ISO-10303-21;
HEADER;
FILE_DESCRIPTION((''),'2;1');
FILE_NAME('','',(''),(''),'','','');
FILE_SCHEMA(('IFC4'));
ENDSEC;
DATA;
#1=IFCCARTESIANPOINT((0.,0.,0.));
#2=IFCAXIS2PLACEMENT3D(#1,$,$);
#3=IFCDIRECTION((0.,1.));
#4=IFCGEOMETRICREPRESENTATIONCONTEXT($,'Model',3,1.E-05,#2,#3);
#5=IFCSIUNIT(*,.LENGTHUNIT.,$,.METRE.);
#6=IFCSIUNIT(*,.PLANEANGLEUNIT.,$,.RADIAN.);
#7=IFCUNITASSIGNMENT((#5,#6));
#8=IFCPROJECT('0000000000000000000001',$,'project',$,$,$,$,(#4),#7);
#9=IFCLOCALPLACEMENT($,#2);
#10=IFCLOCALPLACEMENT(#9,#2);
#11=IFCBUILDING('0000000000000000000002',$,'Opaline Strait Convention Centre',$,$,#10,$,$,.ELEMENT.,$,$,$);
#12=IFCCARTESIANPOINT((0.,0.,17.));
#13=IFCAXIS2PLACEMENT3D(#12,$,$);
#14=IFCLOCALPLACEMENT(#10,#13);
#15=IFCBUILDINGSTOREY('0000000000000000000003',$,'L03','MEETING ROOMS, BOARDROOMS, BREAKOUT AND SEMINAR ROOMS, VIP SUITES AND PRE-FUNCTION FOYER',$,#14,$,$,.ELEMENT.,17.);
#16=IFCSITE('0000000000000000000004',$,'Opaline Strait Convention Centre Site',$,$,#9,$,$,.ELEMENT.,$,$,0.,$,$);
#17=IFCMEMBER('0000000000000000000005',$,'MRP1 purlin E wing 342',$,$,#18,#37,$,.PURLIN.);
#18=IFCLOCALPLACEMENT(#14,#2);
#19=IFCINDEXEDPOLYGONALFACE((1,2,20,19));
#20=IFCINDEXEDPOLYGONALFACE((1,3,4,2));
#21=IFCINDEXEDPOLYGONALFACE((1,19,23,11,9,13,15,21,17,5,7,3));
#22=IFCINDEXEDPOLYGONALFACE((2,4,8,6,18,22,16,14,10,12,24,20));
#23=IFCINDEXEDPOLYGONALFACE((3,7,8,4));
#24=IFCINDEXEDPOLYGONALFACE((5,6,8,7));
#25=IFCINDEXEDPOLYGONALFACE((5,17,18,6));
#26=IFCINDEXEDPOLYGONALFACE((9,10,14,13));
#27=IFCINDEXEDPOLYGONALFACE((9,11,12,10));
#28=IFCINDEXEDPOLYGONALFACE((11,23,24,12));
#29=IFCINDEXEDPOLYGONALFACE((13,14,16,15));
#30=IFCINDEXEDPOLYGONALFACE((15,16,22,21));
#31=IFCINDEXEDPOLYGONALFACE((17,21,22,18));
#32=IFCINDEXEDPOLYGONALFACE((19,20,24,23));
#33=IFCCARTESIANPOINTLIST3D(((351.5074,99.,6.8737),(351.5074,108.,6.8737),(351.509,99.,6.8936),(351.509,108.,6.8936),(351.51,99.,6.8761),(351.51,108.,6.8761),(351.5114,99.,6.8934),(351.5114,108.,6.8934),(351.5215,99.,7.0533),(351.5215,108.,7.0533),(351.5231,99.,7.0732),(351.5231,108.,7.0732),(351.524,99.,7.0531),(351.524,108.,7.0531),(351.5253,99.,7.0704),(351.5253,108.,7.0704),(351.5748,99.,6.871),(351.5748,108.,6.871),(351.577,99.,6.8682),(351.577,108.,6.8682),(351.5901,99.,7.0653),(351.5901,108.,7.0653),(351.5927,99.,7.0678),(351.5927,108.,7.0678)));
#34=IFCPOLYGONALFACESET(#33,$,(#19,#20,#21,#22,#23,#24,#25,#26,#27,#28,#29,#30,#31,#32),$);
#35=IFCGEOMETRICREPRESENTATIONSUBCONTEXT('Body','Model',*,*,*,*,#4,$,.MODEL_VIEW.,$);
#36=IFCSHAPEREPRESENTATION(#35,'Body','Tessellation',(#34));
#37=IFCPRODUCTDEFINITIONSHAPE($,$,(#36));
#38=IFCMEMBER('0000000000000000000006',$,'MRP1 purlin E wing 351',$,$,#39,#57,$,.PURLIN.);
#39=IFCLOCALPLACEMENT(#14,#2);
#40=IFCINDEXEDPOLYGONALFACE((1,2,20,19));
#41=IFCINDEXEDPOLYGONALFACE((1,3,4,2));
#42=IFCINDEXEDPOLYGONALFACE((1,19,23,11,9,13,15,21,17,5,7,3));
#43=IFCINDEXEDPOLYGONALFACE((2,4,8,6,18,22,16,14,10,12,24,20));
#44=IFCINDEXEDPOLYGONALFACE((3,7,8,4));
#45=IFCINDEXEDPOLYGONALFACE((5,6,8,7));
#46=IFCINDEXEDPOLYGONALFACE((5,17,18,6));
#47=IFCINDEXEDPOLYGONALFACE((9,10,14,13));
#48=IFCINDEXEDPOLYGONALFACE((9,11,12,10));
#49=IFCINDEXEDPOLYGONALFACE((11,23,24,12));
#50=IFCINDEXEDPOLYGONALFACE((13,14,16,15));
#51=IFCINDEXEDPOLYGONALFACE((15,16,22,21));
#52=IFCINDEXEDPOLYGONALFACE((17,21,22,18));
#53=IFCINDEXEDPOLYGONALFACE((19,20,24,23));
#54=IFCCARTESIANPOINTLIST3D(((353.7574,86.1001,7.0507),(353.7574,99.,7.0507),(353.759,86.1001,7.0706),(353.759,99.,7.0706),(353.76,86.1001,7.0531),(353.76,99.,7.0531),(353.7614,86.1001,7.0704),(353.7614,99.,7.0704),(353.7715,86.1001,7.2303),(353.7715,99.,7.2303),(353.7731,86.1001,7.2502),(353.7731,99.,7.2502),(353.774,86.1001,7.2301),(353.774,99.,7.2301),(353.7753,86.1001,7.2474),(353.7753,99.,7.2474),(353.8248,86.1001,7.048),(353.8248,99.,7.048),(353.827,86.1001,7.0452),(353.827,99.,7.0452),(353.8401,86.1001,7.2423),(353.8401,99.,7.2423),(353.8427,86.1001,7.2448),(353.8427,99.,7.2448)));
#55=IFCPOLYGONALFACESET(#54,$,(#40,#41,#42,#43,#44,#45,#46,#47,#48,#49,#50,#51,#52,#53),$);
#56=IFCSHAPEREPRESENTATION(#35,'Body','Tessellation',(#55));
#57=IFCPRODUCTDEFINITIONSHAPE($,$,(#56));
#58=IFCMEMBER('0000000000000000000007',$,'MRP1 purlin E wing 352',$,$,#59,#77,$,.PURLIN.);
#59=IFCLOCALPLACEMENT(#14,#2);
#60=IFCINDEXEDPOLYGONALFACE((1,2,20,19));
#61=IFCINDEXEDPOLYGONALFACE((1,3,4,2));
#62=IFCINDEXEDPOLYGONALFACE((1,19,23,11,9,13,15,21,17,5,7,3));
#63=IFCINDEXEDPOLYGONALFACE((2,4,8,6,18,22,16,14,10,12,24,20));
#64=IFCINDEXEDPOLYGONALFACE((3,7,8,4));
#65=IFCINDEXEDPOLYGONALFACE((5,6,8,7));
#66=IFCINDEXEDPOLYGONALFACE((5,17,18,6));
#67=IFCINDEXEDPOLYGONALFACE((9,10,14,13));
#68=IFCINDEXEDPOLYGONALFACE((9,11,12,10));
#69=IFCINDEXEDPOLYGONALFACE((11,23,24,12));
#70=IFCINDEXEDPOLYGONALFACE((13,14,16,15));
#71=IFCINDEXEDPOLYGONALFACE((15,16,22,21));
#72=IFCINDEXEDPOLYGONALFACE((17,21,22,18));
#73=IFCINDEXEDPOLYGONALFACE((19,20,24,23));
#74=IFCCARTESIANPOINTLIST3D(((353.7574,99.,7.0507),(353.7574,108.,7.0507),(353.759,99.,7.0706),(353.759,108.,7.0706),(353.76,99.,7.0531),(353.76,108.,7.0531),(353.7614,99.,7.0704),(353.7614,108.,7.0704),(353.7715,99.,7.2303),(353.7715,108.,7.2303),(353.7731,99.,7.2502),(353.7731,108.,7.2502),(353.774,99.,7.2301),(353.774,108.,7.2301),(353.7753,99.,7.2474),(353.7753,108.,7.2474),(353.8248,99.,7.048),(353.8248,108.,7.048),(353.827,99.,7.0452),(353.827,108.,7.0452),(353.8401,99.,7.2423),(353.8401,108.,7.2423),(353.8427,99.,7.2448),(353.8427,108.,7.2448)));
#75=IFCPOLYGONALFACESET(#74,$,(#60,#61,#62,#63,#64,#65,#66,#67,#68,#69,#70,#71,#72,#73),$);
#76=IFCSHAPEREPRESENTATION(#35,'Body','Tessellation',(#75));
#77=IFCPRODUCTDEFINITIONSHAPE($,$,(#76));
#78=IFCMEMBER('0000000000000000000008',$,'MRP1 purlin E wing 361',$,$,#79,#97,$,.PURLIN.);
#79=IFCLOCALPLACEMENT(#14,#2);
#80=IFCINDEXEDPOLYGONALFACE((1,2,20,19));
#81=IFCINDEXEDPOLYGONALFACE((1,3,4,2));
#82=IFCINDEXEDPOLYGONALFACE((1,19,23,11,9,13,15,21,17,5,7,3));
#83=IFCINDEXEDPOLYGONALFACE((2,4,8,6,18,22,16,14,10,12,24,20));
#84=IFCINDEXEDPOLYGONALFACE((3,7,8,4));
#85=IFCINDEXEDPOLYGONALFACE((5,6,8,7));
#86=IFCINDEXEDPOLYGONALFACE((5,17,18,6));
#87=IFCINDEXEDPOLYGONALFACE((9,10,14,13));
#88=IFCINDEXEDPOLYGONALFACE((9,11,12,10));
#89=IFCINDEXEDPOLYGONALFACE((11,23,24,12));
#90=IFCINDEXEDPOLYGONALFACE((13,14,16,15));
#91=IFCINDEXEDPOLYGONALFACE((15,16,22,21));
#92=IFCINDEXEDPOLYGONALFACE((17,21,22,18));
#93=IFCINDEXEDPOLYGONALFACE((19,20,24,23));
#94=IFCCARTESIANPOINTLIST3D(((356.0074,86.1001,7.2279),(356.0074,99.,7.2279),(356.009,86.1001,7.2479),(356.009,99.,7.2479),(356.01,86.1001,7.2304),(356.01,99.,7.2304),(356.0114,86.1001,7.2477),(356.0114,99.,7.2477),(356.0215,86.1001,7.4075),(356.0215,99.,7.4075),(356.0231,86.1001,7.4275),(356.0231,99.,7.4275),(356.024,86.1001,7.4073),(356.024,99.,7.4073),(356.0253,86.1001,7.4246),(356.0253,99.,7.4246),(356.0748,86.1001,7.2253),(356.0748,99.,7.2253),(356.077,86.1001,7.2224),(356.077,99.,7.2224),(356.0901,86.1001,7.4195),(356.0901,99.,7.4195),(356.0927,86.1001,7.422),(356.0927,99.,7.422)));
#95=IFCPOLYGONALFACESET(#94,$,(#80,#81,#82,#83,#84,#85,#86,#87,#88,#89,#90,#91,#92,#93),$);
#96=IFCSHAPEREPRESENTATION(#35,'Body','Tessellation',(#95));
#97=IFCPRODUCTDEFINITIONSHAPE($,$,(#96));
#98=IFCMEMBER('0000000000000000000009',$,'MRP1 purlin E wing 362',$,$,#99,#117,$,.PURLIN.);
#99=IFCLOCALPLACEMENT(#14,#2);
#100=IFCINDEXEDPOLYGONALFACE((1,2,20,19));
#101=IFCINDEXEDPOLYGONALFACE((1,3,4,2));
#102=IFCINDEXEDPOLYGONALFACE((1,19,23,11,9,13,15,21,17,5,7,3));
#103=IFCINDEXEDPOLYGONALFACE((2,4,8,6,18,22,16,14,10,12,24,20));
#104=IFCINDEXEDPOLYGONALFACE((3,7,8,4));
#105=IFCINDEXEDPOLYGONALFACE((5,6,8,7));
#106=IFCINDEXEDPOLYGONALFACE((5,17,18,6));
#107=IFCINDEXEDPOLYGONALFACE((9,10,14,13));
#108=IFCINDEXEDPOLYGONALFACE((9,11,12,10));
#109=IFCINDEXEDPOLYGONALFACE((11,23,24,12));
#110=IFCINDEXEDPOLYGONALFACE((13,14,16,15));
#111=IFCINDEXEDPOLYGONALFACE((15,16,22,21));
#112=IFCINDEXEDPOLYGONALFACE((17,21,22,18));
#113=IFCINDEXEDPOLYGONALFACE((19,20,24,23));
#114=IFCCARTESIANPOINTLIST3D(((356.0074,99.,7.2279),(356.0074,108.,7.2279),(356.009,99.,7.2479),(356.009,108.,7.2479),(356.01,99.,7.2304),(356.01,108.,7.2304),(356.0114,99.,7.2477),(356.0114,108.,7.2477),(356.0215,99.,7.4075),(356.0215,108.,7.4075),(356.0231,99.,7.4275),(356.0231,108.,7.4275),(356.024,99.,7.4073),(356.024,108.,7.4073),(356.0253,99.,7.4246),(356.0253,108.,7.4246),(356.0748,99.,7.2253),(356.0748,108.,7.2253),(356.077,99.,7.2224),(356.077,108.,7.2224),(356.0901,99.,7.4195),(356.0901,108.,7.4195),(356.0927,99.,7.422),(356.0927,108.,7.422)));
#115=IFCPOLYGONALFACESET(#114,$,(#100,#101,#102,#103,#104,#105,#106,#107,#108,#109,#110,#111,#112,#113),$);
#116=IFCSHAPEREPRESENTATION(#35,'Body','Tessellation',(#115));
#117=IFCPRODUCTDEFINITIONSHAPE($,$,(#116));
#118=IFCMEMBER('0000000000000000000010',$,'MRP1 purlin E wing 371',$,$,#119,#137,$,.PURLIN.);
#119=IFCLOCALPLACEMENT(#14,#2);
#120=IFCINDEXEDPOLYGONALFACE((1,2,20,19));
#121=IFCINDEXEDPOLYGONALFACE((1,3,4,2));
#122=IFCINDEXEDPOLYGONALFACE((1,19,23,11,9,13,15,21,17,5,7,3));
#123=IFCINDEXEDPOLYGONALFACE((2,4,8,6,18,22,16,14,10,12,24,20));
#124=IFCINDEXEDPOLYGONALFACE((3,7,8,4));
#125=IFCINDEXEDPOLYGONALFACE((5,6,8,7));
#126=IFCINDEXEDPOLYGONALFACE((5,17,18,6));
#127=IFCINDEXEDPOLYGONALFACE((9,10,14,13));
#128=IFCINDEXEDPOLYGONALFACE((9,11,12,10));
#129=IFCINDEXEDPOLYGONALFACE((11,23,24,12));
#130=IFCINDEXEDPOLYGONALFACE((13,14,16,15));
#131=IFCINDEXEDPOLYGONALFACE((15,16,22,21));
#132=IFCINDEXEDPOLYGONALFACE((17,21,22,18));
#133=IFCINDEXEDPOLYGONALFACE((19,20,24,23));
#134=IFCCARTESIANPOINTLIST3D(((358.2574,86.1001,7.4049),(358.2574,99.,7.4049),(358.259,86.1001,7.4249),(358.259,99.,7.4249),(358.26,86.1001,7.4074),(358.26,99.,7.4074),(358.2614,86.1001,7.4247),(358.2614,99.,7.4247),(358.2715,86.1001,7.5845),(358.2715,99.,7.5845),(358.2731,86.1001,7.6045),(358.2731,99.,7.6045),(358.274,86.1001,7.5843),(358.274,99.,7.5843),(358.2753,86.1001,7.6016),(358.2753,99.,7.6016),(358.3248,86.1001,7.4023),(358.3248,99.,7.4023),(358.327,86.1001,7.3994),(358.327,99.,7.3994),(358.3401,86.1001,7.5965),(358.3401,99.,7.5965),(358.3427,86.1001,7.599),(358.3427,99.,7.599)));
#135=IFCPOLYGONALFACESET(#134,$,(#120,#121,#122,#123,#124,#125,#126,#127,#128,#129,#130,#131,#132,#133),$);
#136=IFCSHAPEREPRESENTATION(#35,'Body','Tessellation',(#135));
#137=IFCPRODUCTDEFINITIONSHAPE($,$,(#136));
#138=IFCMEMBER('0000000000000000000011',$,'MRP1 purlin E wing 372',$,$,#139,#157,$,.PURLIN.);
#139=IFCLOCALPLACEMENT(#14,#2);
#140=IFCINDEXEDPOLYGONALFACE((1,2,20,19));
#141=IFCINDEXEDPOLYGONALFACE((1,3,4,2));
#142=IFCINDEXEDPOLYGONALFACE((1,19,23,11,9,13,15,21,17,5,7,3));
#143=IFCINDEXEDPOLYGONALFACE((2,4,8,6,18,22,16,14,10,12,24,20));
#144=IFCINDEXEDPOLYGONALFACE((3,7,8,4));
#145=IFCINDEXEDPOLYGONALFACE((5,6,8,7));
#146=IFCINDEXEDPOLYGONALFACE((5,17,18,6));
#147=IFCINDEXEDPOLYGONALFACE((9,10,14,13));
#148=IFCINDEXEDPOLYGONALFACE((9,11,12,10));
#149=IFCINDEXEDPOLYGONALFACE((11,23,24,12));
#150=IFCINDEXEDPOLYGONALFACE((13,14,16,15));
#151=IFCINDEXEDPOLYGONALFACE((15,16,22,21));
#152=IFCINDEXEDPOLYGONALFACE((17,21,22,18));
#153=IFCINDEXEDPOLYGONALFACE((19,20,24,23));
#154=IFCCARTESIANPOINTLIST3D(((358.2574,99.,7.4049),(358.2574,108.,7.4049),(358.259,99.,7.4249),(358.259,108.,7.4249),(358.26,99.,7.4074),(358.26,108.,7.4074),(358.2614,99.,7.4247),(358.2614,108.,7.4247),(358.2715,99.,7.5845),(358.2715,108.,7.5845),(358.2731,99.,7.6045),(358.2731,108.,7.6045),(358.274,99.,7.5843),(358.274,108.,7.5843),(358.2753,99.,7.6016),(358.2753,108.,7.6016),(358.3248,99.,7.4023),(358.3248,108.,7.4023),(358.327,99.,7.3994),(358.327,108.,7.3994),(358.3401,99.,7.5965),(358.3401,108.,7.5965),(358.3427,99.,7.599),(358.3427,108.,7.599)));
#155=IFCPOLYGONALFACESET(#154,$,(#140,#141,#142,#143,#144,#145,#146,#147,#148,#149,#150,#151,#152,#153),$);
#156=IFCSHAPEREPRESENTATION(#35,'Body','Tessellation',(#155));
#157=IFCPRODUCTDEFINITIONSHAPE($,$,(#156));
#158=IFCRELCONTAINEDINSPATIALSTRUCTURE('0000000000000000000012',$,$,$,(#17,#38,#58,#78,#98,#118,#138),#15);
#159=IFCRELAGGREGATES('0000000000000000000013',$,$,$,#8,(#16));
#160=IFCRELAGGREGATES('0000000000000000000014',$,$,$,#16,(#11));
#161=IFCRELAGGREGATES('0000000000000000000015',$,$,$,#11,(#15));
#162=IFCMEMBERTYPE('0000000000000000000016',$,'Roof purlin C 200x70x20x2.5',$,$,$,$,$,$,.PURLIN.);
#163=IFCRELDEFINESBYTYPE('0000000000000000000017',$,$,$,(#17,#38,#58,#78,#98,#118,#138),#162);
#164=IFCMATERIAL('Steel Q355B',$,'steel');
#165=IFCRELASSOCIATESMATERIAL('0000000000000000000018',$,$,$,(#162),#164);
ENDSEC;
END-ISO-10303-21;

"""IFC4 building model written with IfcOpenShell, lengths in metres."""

from ifc_helpers import new_model, si_unit, direction, frame, origin, place, context, subcontext, project, spatial, polyline, outline, extrude, material, material_profile, profile_set, type_object, element, save


model = new_model("IFC4")

# Units and contexts
model_context = context("Model", 3, precision=1e-05, world=origin(), true_north=direction((0.0, 1.0)))
body_context = subcontext(model_context, "Body", "Model", "MODEL_VIEW")
ifc_project = project(units=[si_unit("LENGTHUNIT", "METRE"), si_unit("PLANEANGLEUNIT", "RADIAN")], contexts=[model_context])

# Site, building, storey
site_placement = place(None, origin())
site = spatial("IfcSite", under=ifc_project, at=site_placement, Name="Opaline Strait Convention Centre Site", CompositionType="ELEMENT", RefElevation=0.0)
building_placement = place(site_placement, origin())
building = spatial("IfcBuilding", under=site, at=building_placement, Name="Opaline Strait Convention Centre", CompositionType="ELEMENT")
storey_placement = place(building_placement, frame((0.0, 0.0, 17.0)))
storey = spatial("IfcBuildingStorey", under=building, at=storey_placement, Name="L03", Description="MEETING ROOMS, BOARDROOMS, BREAKOUT AND SEMINAR ROOMS, VIP SUITES AND PRE-FUNCTION FOYER", CompositionType="ELEMENT", Elevation=17.0)

# Shared definitions
ifc_material_1 = material(Name="Steel Q355B", Category="steel")

# Members
ifc_material_profile_1 = material_profile(ifc_material_1, outline(polyline([(-0.0349, -0.1001), (0.0349, -0.1001), (0.0349, -0.0801), (0.0325, -0.0801), (0.0325, -0.0974), (-0.0325, -0.0974), (-0.0325, 0.0974), (0.0325, 0.0974), (0.0325, 0.0801), (0.0349, 0.0801), (0.0349, 0.1001), (-0.0349, 0.1001), (-0.0349, -0.1001)])), Name="C 200x70x20x2.5")
ifc_profile_set_1 = profile_set([ifc_material_profile_1], Name="Steel Q355B")
member_type_1 = type_object("IfcMemberType", Name="Roof purlin C 200x70x20x2.5", PredefinedType="PURLIN", material=ifc_profile_set_1)
member_1_placement = place(storey_placement, frame((351.55, 99.0, 6.9707), z_axis=(0.0, 1.0, 0.0), x_axis=(-0.996917, 0.0, 0.078459)))
element("IfcMember", 1, at=member_1_placement, inside=storey, type_object=member_type_1, Name="MRP1 purlin E wing 342", PredefinedType="PURLIN", context=body_context, shape_type="SweptSolid", body=[
    extrude(outline(polyline([(-0.0349, -0.1001), (0.0349, -0.1001), (0.0349, -0.0801), (0.0325, -0.0801), (0.0325, -0.0974), (-0.0325, -0.0974), (-0.0325, 0.0974), (0.0325, 0.0974), (0.0325, 0.0801), (0.0349, 0.0801), (0.0349, 0.1001), (-0.0349, 0.1001), (-0.0349, -0.1001)])), origin(), (0.0, 0.0, 1.0), 9.0),
])
member_2_placement = place(storey_placement, frame((353.8, 86.1001, 7.1477), z_axis=(0.0, 1.0, 0.0), x_axis=(-0.996917, 0.0, 0.078459)))
element("IfcMember", 2, at=member_2_placement, inside=storey, type_object=member_type_1, Name="MRP1 purlin E wing 351", PredefinedType="PURLIN", context=body_context, shape_type="SweptSolid", body=[
    extrude(outline(polyline([(-0.0349, -0.1001), (0.0349, -0.1001), (0.0349, -0.0801), (0.0325, -0.0801), (0.0325, -0.0974), (-0.0325, -0.0974), (-0.0325, 0.0974), (0.0325, 0.0974), (0.0325, 0.0801), (0.0349, 0.0801), (0.0349, 0.1001), (-0.0349, 0.1001), (-0.0349, -0.1001)])), origin(), (0.0, 0.0, 1.0), 12.8999),
])
member_3_placement = place(storey_placement, frame((353.8, 99.0, 7.1477), z_axis=(0.0, 1.0, 0.0), x_axis=(-0.996917, 0.0, 0.078459)))
element("IfcMember", 3, at=member_3_placement, inside=storey, type_object=member_type_1, Name="MRP1 purlin E wing 352", PredefinedType="PURLIN", context=body_context, shape_type="SweptSolid", body=[
    extrude(outline(polyline([(-0.0349, -0.1001), (0.0349, -0.1001), (0.0349, -0.0801), (0.0325, -0.0801), (0.0325, -0.0974), (-0.0325, -0.0974), (-0.0325, 0.0974), (0.0325, 0.0974), (0.0325, 0.0801), (0.0349, 0.0801), (0.0349, 0.1001), (-0.0349, 0.1001), (-0.0349, -0.1001)])), origin(), (0.0, 0.0, 1.0), 9.0),
])
member_4_placement = place(storey_placement, frame((356.05, 86.1001, 7.325), z_axis=(0.0, 1.0, 0.0), x_axis=(-0.996917, 0.0, 0.078459)))
element("IfcMember", 4, at=member_4_placement, inside=storey, type_object=member_type_1, Name="MRP1 purlin E wing 361", PredefinedType="PURLIN", context=body_context, shape_type="SweptSolid", body=[
    extrude(outline(polyline([(-0.0349, -0.1001), (0.0349, -0.1001), (0.0349, -0.0801), (0.0325, -0.0801), (0.0325, -0.0974), (-0.0325, -0.0974), (-0.0325, 0.0974), (0.0325, 0.0974), (0.0325, 0.0801), (0.0349, 0.0801), (0.0349, 0.1001), (-0.0349, 0.1001), (-0.0349, -0.1001)])), origin(), (0.0, 0.0, 1.0), 12.8999),
])
member_5_placement = place(storey_placement, frame((356.05, 99.0, 7.325), z_axis=(0.0, 1.0, 0.0), x_axis=(-0.996917, 0.0, 0.078459)))
element("IfcMember", 5, at=member_5_placement, inside=storey, type_object=member_type_1, Name="MRP1 purlin E wing 362", PredefinedType="PURLIN", context=body_context, shape_type="SweptSolid", body=[
    extrude(outline(polyline([(-0.0349, -0.1001), (0.0349, -0.1001), (0.0349, -0.0801), (0.0325, -0.0801), (0.0325, -0.0974), (-0.0325, -0.0974), (-0.0325, 0.0974), (0.0325, 0.0974), (0.0325, 0.0801), (0.0349, 0.0801), (0.0349, 0.1001), (-0.0349, 0.1001), (-0.0349, -0.1001)])), origin(), (0.0, 0.0, 1.0), 9.0),
])
member_6_placement = place(storey_placement, frame((358.3, 86.1001, 7.502), z_axis=(0.0, 1.0, 0.0), x_axis=(-0.996917, 0.0, 0.078459)))
element("IfcMember", 6, at=member_6_placement, inside=storey, type_object=member_type_1, Name="MRP1 purlin E wing 371", PredefinedType="PURLIN", context=body_context, shape_type="SweptSolid", body=[
    extrude(outline(polyline([(-0.0349, -0.1001), (0.0349, -0.1001), (0.0349, -0.0801), (0.0325, -0.0801), (0.0325, -0.0974), (-0.0325, -0.0974), (-0.0325, 0.0974), (0.0325, 0.0974), (0.0325, 0.0801), (0.0349, 0.0801), (0.0349, 0.1001), (-0.0349, 0.1001), (-0.0349, -0.1001)])), origin(), (0.0, 0.0, 1.0), 12.8999),
])
member_7_placement = place(storey_placement, frame((358.3, 99.0, 7.502), z_axis=(0.0, 1.0, 0.0), x_axis=(-0.996917, 0.0, 0.078459)))
element("IfcMember", 7, at=member_7_placement, inside=storey, type_object=member_type_1, Name="MRP1 purlin E wing 372", PredefinedType="PURLIN", context=body_context, shape_type="SweptSolid", body=[
    extrude(outline(polyline([(-0.0349, -0.1001), (0.0349, -0.1001), (0.0349, -0.0801), (0.0325, -0.0801), (0.0325, -0.0974), (-0.0325, -0.0974), (-0.0325, 0.0974), (0.0325, 0.0974), (0.0325, 0.0801), (0.0349, 0.0801), (0.0349, 0.1001), (-0.0349, 0.1001), (-0.0349, -0.1001)])), origin(), (0.0, 0.0, 1.0), 9.0),
])

save(model, "model.ifc")
